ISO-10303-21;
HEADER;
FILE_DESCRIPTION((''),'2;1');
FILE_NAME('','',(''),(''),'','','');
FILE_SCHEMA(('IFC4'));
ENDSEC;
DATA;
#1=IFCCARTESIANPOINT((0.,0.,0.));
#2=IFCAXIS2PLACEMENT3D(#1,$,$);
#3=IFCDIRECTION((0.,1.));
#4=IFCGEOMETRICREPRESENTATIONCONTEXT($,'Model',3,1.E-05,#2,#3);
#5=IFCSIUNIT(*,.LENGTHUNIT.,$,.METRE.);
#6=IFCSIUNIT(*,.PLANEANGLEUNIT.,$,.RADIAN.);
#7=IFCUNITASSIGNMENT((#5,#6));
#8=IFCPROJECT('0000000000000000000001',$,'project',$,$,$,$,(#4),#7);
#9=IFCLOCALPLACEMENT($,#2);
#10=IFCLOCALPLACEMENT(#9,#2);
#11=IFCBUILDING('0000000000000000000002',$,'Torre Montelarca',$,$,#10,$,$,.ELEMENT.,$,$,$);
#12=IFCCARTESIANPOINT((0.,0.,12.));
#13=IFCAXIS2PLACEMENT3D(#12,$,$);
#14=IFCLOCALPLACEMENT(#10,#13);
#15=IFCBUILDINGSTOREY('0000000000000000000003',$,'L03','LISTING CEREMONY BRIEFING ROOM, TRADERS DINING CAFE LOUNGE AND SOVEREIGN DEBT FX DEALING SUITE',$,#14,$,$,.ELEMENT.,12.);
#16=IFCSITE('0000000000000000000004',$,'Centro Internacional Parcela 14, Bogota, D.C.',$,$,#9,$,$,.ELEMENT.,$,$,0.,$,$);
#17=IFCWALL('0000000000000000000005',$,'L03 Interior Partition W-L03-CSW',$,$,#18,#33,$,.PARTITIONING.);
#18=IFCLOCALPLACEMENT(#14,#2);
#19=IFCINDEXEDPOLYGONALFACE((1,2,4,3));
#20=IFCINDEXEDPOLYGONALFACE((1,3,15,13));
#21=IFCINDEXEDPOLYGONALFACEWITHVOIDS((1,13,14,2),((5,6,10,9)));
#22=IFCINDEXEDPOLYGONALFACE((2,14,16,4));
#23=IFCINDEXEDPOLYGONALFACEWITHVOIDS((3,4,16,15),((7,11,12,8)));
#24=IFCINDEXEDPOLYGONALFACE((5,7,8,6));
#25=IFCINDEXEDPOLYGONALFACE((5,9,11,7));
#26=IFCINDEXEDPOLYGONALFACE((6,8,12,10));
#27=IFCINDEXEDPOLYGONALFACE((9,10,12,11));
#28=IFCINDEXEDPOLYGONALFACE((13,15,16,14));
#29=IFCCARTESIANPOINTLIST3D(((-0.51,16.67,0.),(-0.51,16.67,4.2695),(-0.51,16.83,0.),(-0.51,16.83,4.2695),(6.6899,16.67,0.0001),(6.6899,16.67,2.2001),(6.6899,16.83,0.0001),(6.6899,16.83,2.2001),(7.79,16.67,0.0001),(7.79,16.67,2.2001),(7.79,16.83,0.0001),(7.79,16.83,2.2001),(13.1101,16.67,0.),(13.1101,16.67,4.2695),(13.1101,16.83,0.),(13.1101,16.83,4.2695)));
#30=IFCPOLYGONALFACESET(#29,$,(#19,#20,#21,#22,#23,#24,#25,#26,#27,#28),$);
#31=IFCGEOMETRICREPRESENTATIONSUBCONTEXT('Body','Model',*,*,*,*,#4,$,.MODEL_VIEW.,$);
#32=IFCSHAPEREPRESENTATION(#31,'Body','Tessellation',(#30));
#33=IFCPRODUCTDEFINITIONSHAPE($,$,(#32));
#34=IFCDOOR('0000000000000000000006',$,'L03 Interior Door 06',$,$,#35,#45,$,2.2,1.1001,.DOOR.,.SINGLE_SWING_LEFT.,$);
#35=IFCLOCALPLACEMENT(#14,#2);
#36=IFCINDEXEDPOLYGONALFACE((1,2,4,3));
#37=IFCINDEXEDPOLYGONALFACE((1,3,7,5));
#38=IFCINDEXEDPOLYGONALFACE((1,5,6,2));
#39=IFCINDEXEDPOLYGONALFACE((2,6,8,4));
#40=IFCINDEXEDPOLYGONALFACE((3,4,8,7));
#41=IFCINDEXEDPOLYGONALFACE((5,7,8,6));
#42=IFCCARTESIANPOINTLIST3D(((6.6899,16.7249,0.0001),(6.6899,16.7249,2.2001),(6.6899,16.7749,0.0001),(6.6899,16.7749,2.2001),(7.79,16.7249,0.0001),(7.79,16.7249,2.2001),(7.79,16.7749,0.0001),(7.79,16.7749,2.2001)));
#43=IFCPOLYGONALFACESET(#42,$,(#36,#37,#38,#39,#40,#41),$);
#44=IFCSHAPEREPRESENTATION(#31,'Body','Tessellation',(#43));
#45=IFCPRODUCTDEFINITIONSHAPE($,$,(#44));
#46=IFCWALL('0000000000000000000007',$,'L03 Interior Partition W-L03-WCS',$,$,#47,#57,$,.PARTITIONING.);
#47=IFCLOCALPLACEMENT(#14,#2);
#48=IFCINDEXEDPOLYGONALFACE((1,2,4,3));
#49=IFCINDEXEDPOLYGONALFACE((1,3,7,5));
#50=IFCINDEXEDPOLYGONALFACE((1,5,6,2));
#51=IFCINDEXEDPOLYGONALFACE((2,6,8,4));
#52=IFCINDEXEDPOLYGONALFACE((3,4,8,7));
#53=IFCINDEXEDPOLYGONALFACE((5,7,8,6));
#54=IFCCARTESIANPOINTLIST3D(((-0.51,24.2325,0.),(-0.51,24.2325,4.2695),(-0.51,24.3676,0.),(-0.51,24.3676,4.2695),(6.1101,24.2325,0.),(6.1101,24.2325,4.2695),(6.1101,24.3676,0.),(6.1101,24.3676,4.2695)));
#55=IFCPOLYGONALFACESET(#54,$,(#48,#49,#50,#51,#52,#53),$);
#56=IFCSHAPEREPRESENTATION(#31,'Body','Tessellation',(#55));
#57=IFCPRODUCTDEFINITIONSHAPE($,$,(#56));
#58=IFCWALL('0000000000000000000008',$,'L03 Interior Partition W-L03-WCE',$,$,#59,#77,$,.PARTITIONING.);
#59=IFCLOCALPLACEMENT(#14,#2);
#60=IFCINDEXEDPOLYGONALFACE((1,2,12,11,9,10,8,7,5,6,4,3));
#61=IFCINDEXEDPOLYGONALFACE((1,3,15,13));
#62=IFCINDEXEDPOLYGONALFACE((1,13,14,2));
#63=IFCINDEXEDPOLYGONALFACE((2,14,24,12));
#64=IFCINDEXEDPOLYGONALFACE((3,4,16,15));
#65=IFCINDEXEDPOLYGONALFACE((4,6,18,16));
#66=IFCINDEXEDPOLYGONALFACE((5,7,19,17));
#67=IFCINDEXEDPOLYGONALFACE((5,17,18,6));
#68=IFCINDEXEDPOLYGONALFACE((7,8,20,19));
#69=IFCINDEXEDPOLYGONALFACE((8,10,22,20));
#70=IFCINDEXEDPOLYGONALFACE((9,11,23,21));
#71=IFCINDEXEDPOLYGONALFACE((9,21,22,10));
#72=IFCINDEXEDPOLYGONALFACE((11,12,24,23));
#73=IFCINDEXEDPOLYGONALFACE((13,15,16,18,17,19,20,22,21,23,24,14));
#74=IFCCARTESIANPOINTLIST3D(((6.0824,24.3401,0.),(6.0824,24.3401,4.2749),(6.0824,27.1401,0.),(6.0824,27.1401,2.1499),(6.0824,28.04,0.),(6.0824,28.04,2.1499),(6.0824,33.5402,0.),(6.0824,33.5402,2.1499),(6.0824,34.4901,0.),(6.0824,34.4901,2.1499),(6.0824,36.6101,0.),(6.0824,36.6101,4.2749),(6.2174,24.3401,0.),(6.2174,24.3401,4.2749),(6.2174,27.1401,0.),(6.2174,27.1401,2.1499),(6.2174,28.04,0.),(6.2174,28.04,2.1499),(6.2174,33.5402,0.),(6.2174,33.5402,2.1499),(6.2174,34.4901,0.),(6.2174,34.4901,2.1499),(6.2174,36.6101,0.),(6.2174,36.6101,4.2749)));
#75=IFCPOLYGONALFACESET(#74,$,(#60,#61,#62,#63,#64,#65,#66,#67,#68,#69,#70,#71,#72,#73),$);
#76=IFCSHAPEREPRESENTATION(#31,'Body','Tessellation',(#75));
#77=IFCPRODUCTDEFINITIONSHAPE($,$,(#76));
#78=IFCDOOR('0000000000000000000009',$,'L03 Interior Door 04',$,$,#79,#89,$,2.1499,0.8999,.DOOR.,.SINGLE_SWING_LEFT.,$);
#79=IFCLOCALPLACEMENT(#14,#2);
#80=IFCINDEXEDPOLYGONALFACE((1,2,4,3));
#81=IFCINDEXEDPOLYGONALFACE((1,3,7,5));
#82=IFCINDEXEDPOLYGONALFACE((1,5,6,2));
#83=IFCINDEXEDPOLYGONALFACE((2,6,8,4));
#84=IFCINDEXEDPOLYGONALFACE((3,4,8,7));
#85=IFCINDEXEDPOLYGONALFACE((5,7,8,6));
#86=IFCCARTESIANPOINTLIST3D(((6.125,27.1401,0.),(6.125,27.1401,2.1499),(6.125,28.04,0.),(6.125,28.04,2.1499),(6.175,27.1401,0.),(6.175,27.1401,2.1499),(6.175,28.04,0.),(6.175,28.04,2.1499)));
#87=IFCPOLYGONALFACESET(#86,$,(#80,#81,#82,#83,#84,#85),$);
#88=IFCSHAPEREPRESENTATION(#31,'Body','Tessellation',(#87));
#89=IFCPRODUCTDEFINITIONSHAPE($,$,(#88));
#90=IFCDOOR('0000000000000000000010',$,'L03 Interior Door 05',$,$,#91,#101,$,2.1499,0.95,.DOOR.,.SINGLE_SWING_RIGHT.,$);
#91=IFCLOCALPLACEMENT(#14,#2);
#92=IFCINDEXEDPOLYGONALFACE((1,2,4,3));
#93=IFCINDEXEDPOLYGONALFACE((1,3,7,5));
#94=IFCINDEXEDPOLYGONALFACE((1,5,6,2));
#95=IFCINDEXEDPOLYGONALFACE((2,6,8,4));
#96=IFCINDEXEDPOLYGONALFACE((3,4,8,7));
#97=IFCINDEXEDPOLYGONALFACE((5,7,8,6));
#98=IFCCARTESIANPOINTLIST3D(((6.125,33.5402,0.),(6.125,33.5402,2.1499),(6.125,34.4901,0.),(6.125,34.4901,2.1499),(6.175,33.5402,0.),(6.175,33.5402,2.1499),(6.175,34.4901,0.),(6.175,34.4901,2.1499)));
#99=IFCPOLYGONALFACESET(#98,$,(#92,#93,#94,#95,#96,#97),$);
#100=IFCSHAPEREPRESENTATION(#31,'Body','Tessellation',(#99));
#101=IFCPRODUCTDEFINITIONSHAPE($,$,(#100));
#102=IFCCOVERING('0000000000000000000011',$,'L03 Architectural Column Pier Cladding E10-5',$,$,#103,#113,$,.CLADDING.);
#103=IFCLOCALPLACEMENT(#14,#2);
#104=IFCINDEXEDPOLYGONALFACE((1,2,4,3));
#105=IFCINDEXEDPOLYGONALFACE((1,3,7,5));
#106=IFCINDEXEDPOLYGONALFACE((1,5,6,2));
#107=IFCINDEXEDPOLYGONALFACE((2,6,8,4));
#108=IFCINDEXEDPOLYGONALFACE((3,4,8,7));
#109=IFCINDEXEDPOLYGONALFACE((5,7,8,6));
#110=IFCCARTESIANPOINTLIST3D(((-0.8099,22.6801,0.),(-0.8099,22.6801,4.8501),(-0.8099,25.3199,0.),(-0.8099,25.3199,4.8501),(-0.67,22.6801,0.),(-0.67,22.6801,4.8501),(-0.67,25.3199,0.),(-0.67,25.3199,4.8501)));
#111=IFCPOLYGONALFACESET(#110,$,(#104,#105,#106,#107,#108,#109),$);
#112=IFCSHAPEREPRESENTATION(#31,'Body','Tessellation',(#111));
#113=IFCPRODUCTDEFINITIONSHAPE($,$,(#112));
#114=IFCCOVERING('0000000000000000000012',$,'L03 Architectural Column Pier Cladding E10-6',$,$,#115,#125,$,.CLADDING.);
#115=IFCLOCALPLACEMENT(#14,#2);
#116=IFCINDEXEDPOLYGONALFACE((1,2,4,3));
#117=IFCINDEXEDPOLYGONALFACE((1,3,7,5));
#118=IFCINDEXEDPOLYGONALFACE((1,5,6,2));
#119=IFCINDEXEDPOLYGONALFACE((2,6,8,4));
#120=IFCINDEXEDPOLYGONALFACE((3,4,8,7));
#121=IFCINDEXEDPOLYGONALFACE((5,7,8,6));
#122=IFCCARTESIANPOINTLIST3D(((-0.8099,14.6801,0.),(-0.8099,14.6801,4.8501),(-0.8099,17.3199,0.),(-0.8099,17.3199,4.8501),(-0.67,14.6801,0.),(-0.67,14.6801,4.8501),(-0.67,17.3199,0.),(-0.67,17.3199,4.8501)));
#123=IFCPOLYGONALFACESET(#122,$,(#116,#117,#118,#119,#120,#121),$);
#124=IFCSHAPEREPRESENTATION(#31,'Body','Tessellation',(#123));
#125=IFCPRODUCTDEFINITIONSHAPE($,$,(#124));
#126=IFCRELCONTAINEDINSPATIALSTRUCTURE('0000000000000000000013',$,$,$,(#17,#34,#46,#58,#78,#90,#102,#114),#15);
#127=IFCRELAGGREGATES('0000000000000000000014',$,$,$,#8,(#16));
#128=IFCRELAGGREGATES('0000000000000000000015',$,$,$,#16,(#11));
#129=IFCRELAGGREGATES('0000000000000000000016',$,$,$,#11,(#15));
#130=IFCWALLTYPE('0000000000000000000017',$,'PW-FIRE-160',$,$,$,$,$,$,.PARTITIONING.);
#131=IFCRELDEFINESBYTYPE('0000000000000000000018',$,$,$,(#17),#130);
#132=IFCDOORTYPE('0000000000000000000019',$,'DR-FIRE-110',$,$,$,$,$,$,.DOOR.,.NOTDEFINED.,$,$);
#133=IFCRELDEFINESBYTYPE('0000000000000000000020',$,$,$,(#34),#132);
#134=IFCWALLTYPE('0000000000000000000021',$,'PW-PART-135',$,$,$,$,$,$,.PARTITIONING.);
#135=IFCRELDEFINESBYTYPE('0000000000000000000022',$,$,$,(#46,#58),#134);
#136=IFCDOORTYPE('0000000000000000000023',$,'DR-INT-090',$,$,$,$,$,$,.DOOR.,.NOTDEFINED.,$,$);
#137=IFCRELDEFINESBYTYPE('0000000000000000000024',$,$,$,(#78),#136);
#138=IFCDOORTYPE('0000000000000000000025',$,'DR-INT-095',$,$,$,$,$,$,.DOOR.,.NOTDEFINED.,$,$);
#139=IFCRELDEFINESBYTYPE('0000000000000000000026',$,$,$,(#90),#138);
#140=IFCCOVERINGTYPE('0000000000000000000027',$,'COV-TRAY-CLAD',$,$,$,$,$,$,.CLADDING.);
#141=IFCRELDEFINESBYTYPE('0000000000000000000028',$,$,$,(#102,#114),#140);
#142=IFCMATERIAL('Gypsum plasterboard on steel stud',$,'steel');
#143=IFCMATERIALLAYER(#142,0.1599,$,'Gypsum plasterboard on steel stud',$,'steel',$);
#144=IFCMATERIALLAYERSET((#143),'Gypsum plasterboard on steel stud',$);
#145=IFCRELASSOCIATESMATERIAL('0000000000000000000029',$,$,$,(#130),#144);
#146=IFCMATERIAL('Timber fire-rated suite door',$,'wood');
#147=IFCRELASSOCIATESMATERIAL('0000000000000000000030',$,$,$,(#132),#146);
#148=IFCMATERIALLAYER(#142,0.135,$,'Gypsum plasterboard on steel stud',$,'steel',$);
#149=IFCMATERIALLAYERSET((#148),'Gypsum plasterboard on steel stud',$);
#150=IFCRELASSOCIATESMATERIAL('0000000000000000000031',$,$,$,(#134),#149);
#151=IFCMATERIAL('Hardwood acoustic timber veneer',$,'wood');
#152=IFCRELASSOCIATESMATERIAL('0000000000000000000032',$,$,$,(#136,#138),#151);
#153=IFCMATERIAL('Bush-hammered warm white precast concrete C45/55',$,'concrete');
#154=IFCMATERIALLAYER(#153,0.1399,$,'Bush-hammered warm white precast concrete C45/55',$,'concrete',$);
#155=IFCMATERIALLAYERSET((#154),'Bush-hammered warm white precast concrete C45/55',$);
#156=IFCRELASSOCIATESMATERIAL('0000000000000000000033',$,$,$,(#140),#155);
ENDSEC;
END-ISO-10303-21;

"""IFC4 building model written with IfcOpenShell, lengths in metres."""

from ifc_helpers import new_model, si_unit, direction, frame, frame_2d, origin, origin_2d, place, context, subcontext, project, spatial, rectangle, extrude, source, transform, mapped, material, layer, layer_set, type_object, element, fill, save


model = new_model("IFC4")

# Units and contexts
model_context = context("Model", 3, precision=1e-05, world=origin(), true_north=direction((0.0, 1.0)))
body_context = subcontext(model_context, "Body", "Model", "MODEL_VIEW")
ifc_project = project(units=[si_unit("LENGTHUNIT", "METRE"), si_unit("PLANEANGLEUNIT", "RADIAN")], contexts=[model_context])

# Site, building, storey
site_placement = place(None, origin())
site = spatial("IfcSite", under=ifc_project, at=site_placement, Name="Centro Internacional Parcela 14, Bogota, D.C.", CompositionType="ELEMENT", RefElevation=0.0)
building_placement = place(site_placement, origin())
building = spatial("IfcBuilding", under=site, at=building_placement, Name="Torre Montelarca", CompositionType="ELEMENT")
storey_placement = place(building_placement, frame((0.0, 0.0, 12.0)))
storey = spatial("IfcBuildingStorey", under=building, at=storey_placement, Name="L03", Description="LISTING CEREMONY BRIEFING ROOM, TRADERS DINING CAFE LOUNGE AND SOVEREIGN DEBT FX DEALING SUITE", CompositionType="ELEMENT", Elevation=12.0)

# Wall, opening, door
ifc_material_1 = material(Name="Gypsum plasterboard on steel stud", Category="steel")
ifc_layer_1 = layer(ifc_material_1, 0.1599, Name="Gypsum plasterboard on steel stud", Category="steel")
ifc_layer_set_1 = layer_set([ifc_layer_1], Name="Gypsum plasterboard on steel stud")
wall_type_1 = type_object("IfcWallType", Name="PW-FIRE-160", PredefinedType="PARTITIONING", material=ifc_layer_set_1)
wall_1_placement = place(storey_placement, frame((-0.51, 16.75, 0.0), z_axis=(0.0, 0.0, 1.0), x_axis=(1.0, 0.0, 0.0)))
wall_1 = element("IfcWall", 1, at=wall_1_placement, inside=storey, type_object=wall_type_1, Name="L03 Interior Partition W-L03-CSW", PredefinedType="PARTITIONING", context=body_context, shape_type="SweptSolid", body=[
    extrude(rectangle(XDim=13.6201, YDim=0.1599, at=frame_2d((6.8101, 0.0))), origin(), (0.0, 0.0, 1.0), 4.2695),
])
opening_1_placement = place(wall_1_placement, frame((7.2, 0.0, 0.0)))
opening_1 = element("IfcOpeningElement", 2, at=opening_1_placement, cuts=wall_1, PredefinedType="OPENING", context=body_context, shape_type="SweptSolid", body=[
    extrude(rectangle(XDim=1.1001, YDim=2.2, at=frame_2d((0.55, 1.1001))), frame((0.0, 0.0898, 0.0), z_axis=(0.0, -1.0, 0.0), x_axis=(1.0, 0.0, 0.0)), (0.0, 0.0, 1.0), 0.1799),
])
ifc_material_2 = material(Name="Timber fire-rated suite door", Category="wood")
door_type_1 = type_object("IfcDoorType", Name="DR-FIRE-110", OperationType="NOTDEFINED", PredefinedType="DOOR", material=ifc_material_2)
shared_shape_1 = source(origin(), body_context, "Body", "SweptSolid", [
    extrude(rectangle(XDim=1.1001, YDim=2.2, at=frame_2d((0.55, 1.1001))), frame((0.0, 0.0249, 0.0), z_axis=(0.0, -1.0, 0.0), x_axis=(1.0, 0.0, 0.0)), (0.0, 0.0, 1.0), 0.05),
])
door_1_placement = place(opening_1_placement, origin())
door_1 = element("IfcDoor", 3, at=door_1_placement, inside=storey, type_object=door_type_1, Name="L03 Interior Door 06", OperationType="SINGLE_SWING_LEFT", OverallHeight=2.2, OverallWidth=1.1001, PredefinedType="DOOR", context=body_context, shape_type="MappedRepresentation", body=[
    mapped(shared_shape_1, transform((0.0, 0.0, 0.0), scale=1.0)),
])
fill(opening_1, door_1)

# Wall
ifc_layer_2 = layer(ifc_material_1, 0.135, Name="Gypsum plasterboard on steel stud", Category="steel")
ifc_layer_set_2 = layer_set([ifc_layer_2], Name="Gypsum plasterboard on steel stud")
wall_type_2 = type_object("IfcWallType", Name="PW-PART-135", PredefinedType="PARTITIONING", material=ifc_layer_set_2)
wall_2_placement = place(storey_placement, frame((-0.51, 24.3, 0.0), z_axis=(0.0, 0.0, 1.0), x_axis=(1.0, 0.0, 0.0)))
element("IfcWall", 4, at=wall_2_placement, inside=storey, type_object=wall_type_2, Name="L03 Interior Partition W-L03-WCS", PredefinedType="PARTITIONING", context=body_context, shape_type="SweptSolid", body=[
    extrude(rectangle(XDim=6.6201, YDim=0.135, at=frame_2d((3.3101, 0.0))), origin(), (0.0, 0.0, 1.0), 4.2695),
])

# Wall, openings, doors
wall_3_placement = place(storey_placement, frame((6.1499, 24.3401, 0.0), z_axis=(0.0, 0.0, 1.0), x_axis=(0.0, 1.0, 0.0)))
wall_3 = element("IfcWall", 5, at=wall_3_placement, inside=storey, type_object=wall_type_2, Name="L03 Interior Partition W-L03-WCE", PredefinedType="PARTITIONING", context=body_context, shape_type="SweptSolid", body=[
    extrude(rectangle(XDim=12.27, YDim=0.135, at=frame_2d((6.135, 0.0))), origin(), (0.0, 0.0, 1.0), 4.2749),
])
opening_2_placement = place(wall_3_placement, frame((2.8, 0.0, 0.0)))
opening_2 = element("IfcOpeningElement", 6, at=opening_2_placement, cuts=wall_3, PredefinedType="OPENING", context=body_context, shape_type="SweptSolid", body=[
    extrude(rectangle(XDim=0.8999, YDim=2.1499, at=frame_2d((0.45, 1.075))), frame((0.0, 0.0776, 0.0), z_axis=(0.0, -1.0, 0.0), x_axis=(1.0, 0.0, 0.0)), (0.0, 0.0, 1.0), 0.155),
])
opening_3_placement = place(wall_3_placement, frame((9.2, 0.0, 0.0)))
opening_3 = element("IfcOpeningElement", 7, at=opening_3_placement, cuts=wall_3, PredefinedType="OPENING", context=body_context, shape_type="SweptSolid", body=[
    extrude(rectangle(XDim=0.95, YDim=2.1499, at=frame_2d((0.4751, 1.075))), frame((0.0, 0.0776, 0.0), z_axis=(0.0, -1.0, 0.0), x_axis=(1.0, 0.0, 0.0)), (0.0, 0.0, 1.0), 0.155),
])
ifc_material_3 = material(Name="Hardwood acoustic timber veneer", Category="wood")
door_type_2 = type_object("IfcDoorType", Name="DR-INT-090", OperationType="NOTDEFINED", PredefinedType="DOOR", material=ifc_material_3)
shared_shape_2 = source(origin(), body_context, "Body", "SweptSolid", [
    extrude(rectangle(XDim=0.8999, YDim=2.1499, at=frame_2d((0.45, 1.075))), frame((0.0, 0.0249, 0.0), z_axis=(0.0, -1.0, 0.0), x_axis=(1.0, 0.0, 0.0)), (0.0, 0.0, 1.0), 0.05),
])
door_2_placement = place(opening_2_placement, origin())
door_2 = element("IfcDoor", 8, at=door_2_placement, inside=storey, type_object=door_type_2, Name="L03 Interior Door 04", OperationType="SINGLE_SWING_LEFT", OverallHeight=2.1499, OverallWidth=0.8999, PredefinedType="DOOR", context=body_context, shape_type="MappedRepresentation", body=[
    mapped(shared_shape_2, transform((0.0, 0.0, 0.0), scale=1.0)),
])
fill(opening_2, door_2)
door_type_3 = type_object("IfcDoorType", Name="DR-INT-095", OperationType="NOTDEFINED", PredefinedType="DOOR", material=ifc_material_3)
shared_shape_3 = source(origin(), body_context, "Body", "SweptSolid", [
    extrude(rectangle(XDim=0.95, YDim=2.1499, at=frame_2d((0.4751, 1.075))), frame((0.0, 0.0249, 0.0), z_axis=(0.0, -1.0, 0.0), x_axis=(1.0, 0.0, 0.0)), (0.0, 0.0, 1.0), 0.05),
])
door_3_placement = place(opening_3_placement, origin())
door_3 = element("IfcDoor", 9, at=door_3_placement, inside=storey, type_object=door_type_3, Name="L03 Interior Door 05", OperationType="SINGLE_SWING_RIGHT", OverallHeight=2.1499, OverallWidth=0.95, PredefinedType="DOOR", context=body_context, shape_type="MappedRepresentation", body=[
    mapped(shared_shape_3, transform((0.0, 0.0, 0.0), scale=1.0)),
])
fill(opening_3, door_3)

# Coverings
ifc_material_4 = material(Name="Bush-hammered warm white precast concrete C45/55", Category="concrete")
ifc_layer_3 = layer(ifc_material_4, 0.1399, Name="Bush-hammered warm white precast concrete C45/55", Category="concrete")
ifc_layer_set_3 = layer_set([ifc_layer_3], Name="Bush-hammered warm white precast concrete C45/55")
covering_type = type_object("IfcCoveringType", Name="COV-TRAY-CLAD", PredefinedType="CLADDING", material=ifc_layer_set_3)
shared_shape_4 = source(origin(), body_context, "Body", "SweptSolid", [
    extrude(rectangle(XDim=2.6399, YDim=0.1399, at=origin_2d()), origin(), (0.0, 0.0, 1.0), 4.8501),
])
for number, where, z_axis, x_axis, name in (
    (10, (-0.74, 24.0, 0.0), (0.0, 0.0, 1.0), (0.0, -1.0, 0.0), "L03 Architectural Column Pier Cladding E10-5"),
    (11, (-0.74, 16.0, 0.0), (0.0, 0.0, 1.0), (0.0, -1.0, 0.0), "L03 Architectural Column Pier Cladding E10-6"),
):
    element("IfcCovering", number, at=place(storey_placement, frame(where, z_axis=z_axis, x_axis=x_axis)), inside=storey, type_object=covering_type, Name=name, PredefinedType="CLADDING", context=body_context, shape_type="MappedRepresentation", body=[
        mapped(shared_shape_4, transform((0.0, 0.0, 0.0), scale=1.0)),
    ])

save(model, "model.ifc")
